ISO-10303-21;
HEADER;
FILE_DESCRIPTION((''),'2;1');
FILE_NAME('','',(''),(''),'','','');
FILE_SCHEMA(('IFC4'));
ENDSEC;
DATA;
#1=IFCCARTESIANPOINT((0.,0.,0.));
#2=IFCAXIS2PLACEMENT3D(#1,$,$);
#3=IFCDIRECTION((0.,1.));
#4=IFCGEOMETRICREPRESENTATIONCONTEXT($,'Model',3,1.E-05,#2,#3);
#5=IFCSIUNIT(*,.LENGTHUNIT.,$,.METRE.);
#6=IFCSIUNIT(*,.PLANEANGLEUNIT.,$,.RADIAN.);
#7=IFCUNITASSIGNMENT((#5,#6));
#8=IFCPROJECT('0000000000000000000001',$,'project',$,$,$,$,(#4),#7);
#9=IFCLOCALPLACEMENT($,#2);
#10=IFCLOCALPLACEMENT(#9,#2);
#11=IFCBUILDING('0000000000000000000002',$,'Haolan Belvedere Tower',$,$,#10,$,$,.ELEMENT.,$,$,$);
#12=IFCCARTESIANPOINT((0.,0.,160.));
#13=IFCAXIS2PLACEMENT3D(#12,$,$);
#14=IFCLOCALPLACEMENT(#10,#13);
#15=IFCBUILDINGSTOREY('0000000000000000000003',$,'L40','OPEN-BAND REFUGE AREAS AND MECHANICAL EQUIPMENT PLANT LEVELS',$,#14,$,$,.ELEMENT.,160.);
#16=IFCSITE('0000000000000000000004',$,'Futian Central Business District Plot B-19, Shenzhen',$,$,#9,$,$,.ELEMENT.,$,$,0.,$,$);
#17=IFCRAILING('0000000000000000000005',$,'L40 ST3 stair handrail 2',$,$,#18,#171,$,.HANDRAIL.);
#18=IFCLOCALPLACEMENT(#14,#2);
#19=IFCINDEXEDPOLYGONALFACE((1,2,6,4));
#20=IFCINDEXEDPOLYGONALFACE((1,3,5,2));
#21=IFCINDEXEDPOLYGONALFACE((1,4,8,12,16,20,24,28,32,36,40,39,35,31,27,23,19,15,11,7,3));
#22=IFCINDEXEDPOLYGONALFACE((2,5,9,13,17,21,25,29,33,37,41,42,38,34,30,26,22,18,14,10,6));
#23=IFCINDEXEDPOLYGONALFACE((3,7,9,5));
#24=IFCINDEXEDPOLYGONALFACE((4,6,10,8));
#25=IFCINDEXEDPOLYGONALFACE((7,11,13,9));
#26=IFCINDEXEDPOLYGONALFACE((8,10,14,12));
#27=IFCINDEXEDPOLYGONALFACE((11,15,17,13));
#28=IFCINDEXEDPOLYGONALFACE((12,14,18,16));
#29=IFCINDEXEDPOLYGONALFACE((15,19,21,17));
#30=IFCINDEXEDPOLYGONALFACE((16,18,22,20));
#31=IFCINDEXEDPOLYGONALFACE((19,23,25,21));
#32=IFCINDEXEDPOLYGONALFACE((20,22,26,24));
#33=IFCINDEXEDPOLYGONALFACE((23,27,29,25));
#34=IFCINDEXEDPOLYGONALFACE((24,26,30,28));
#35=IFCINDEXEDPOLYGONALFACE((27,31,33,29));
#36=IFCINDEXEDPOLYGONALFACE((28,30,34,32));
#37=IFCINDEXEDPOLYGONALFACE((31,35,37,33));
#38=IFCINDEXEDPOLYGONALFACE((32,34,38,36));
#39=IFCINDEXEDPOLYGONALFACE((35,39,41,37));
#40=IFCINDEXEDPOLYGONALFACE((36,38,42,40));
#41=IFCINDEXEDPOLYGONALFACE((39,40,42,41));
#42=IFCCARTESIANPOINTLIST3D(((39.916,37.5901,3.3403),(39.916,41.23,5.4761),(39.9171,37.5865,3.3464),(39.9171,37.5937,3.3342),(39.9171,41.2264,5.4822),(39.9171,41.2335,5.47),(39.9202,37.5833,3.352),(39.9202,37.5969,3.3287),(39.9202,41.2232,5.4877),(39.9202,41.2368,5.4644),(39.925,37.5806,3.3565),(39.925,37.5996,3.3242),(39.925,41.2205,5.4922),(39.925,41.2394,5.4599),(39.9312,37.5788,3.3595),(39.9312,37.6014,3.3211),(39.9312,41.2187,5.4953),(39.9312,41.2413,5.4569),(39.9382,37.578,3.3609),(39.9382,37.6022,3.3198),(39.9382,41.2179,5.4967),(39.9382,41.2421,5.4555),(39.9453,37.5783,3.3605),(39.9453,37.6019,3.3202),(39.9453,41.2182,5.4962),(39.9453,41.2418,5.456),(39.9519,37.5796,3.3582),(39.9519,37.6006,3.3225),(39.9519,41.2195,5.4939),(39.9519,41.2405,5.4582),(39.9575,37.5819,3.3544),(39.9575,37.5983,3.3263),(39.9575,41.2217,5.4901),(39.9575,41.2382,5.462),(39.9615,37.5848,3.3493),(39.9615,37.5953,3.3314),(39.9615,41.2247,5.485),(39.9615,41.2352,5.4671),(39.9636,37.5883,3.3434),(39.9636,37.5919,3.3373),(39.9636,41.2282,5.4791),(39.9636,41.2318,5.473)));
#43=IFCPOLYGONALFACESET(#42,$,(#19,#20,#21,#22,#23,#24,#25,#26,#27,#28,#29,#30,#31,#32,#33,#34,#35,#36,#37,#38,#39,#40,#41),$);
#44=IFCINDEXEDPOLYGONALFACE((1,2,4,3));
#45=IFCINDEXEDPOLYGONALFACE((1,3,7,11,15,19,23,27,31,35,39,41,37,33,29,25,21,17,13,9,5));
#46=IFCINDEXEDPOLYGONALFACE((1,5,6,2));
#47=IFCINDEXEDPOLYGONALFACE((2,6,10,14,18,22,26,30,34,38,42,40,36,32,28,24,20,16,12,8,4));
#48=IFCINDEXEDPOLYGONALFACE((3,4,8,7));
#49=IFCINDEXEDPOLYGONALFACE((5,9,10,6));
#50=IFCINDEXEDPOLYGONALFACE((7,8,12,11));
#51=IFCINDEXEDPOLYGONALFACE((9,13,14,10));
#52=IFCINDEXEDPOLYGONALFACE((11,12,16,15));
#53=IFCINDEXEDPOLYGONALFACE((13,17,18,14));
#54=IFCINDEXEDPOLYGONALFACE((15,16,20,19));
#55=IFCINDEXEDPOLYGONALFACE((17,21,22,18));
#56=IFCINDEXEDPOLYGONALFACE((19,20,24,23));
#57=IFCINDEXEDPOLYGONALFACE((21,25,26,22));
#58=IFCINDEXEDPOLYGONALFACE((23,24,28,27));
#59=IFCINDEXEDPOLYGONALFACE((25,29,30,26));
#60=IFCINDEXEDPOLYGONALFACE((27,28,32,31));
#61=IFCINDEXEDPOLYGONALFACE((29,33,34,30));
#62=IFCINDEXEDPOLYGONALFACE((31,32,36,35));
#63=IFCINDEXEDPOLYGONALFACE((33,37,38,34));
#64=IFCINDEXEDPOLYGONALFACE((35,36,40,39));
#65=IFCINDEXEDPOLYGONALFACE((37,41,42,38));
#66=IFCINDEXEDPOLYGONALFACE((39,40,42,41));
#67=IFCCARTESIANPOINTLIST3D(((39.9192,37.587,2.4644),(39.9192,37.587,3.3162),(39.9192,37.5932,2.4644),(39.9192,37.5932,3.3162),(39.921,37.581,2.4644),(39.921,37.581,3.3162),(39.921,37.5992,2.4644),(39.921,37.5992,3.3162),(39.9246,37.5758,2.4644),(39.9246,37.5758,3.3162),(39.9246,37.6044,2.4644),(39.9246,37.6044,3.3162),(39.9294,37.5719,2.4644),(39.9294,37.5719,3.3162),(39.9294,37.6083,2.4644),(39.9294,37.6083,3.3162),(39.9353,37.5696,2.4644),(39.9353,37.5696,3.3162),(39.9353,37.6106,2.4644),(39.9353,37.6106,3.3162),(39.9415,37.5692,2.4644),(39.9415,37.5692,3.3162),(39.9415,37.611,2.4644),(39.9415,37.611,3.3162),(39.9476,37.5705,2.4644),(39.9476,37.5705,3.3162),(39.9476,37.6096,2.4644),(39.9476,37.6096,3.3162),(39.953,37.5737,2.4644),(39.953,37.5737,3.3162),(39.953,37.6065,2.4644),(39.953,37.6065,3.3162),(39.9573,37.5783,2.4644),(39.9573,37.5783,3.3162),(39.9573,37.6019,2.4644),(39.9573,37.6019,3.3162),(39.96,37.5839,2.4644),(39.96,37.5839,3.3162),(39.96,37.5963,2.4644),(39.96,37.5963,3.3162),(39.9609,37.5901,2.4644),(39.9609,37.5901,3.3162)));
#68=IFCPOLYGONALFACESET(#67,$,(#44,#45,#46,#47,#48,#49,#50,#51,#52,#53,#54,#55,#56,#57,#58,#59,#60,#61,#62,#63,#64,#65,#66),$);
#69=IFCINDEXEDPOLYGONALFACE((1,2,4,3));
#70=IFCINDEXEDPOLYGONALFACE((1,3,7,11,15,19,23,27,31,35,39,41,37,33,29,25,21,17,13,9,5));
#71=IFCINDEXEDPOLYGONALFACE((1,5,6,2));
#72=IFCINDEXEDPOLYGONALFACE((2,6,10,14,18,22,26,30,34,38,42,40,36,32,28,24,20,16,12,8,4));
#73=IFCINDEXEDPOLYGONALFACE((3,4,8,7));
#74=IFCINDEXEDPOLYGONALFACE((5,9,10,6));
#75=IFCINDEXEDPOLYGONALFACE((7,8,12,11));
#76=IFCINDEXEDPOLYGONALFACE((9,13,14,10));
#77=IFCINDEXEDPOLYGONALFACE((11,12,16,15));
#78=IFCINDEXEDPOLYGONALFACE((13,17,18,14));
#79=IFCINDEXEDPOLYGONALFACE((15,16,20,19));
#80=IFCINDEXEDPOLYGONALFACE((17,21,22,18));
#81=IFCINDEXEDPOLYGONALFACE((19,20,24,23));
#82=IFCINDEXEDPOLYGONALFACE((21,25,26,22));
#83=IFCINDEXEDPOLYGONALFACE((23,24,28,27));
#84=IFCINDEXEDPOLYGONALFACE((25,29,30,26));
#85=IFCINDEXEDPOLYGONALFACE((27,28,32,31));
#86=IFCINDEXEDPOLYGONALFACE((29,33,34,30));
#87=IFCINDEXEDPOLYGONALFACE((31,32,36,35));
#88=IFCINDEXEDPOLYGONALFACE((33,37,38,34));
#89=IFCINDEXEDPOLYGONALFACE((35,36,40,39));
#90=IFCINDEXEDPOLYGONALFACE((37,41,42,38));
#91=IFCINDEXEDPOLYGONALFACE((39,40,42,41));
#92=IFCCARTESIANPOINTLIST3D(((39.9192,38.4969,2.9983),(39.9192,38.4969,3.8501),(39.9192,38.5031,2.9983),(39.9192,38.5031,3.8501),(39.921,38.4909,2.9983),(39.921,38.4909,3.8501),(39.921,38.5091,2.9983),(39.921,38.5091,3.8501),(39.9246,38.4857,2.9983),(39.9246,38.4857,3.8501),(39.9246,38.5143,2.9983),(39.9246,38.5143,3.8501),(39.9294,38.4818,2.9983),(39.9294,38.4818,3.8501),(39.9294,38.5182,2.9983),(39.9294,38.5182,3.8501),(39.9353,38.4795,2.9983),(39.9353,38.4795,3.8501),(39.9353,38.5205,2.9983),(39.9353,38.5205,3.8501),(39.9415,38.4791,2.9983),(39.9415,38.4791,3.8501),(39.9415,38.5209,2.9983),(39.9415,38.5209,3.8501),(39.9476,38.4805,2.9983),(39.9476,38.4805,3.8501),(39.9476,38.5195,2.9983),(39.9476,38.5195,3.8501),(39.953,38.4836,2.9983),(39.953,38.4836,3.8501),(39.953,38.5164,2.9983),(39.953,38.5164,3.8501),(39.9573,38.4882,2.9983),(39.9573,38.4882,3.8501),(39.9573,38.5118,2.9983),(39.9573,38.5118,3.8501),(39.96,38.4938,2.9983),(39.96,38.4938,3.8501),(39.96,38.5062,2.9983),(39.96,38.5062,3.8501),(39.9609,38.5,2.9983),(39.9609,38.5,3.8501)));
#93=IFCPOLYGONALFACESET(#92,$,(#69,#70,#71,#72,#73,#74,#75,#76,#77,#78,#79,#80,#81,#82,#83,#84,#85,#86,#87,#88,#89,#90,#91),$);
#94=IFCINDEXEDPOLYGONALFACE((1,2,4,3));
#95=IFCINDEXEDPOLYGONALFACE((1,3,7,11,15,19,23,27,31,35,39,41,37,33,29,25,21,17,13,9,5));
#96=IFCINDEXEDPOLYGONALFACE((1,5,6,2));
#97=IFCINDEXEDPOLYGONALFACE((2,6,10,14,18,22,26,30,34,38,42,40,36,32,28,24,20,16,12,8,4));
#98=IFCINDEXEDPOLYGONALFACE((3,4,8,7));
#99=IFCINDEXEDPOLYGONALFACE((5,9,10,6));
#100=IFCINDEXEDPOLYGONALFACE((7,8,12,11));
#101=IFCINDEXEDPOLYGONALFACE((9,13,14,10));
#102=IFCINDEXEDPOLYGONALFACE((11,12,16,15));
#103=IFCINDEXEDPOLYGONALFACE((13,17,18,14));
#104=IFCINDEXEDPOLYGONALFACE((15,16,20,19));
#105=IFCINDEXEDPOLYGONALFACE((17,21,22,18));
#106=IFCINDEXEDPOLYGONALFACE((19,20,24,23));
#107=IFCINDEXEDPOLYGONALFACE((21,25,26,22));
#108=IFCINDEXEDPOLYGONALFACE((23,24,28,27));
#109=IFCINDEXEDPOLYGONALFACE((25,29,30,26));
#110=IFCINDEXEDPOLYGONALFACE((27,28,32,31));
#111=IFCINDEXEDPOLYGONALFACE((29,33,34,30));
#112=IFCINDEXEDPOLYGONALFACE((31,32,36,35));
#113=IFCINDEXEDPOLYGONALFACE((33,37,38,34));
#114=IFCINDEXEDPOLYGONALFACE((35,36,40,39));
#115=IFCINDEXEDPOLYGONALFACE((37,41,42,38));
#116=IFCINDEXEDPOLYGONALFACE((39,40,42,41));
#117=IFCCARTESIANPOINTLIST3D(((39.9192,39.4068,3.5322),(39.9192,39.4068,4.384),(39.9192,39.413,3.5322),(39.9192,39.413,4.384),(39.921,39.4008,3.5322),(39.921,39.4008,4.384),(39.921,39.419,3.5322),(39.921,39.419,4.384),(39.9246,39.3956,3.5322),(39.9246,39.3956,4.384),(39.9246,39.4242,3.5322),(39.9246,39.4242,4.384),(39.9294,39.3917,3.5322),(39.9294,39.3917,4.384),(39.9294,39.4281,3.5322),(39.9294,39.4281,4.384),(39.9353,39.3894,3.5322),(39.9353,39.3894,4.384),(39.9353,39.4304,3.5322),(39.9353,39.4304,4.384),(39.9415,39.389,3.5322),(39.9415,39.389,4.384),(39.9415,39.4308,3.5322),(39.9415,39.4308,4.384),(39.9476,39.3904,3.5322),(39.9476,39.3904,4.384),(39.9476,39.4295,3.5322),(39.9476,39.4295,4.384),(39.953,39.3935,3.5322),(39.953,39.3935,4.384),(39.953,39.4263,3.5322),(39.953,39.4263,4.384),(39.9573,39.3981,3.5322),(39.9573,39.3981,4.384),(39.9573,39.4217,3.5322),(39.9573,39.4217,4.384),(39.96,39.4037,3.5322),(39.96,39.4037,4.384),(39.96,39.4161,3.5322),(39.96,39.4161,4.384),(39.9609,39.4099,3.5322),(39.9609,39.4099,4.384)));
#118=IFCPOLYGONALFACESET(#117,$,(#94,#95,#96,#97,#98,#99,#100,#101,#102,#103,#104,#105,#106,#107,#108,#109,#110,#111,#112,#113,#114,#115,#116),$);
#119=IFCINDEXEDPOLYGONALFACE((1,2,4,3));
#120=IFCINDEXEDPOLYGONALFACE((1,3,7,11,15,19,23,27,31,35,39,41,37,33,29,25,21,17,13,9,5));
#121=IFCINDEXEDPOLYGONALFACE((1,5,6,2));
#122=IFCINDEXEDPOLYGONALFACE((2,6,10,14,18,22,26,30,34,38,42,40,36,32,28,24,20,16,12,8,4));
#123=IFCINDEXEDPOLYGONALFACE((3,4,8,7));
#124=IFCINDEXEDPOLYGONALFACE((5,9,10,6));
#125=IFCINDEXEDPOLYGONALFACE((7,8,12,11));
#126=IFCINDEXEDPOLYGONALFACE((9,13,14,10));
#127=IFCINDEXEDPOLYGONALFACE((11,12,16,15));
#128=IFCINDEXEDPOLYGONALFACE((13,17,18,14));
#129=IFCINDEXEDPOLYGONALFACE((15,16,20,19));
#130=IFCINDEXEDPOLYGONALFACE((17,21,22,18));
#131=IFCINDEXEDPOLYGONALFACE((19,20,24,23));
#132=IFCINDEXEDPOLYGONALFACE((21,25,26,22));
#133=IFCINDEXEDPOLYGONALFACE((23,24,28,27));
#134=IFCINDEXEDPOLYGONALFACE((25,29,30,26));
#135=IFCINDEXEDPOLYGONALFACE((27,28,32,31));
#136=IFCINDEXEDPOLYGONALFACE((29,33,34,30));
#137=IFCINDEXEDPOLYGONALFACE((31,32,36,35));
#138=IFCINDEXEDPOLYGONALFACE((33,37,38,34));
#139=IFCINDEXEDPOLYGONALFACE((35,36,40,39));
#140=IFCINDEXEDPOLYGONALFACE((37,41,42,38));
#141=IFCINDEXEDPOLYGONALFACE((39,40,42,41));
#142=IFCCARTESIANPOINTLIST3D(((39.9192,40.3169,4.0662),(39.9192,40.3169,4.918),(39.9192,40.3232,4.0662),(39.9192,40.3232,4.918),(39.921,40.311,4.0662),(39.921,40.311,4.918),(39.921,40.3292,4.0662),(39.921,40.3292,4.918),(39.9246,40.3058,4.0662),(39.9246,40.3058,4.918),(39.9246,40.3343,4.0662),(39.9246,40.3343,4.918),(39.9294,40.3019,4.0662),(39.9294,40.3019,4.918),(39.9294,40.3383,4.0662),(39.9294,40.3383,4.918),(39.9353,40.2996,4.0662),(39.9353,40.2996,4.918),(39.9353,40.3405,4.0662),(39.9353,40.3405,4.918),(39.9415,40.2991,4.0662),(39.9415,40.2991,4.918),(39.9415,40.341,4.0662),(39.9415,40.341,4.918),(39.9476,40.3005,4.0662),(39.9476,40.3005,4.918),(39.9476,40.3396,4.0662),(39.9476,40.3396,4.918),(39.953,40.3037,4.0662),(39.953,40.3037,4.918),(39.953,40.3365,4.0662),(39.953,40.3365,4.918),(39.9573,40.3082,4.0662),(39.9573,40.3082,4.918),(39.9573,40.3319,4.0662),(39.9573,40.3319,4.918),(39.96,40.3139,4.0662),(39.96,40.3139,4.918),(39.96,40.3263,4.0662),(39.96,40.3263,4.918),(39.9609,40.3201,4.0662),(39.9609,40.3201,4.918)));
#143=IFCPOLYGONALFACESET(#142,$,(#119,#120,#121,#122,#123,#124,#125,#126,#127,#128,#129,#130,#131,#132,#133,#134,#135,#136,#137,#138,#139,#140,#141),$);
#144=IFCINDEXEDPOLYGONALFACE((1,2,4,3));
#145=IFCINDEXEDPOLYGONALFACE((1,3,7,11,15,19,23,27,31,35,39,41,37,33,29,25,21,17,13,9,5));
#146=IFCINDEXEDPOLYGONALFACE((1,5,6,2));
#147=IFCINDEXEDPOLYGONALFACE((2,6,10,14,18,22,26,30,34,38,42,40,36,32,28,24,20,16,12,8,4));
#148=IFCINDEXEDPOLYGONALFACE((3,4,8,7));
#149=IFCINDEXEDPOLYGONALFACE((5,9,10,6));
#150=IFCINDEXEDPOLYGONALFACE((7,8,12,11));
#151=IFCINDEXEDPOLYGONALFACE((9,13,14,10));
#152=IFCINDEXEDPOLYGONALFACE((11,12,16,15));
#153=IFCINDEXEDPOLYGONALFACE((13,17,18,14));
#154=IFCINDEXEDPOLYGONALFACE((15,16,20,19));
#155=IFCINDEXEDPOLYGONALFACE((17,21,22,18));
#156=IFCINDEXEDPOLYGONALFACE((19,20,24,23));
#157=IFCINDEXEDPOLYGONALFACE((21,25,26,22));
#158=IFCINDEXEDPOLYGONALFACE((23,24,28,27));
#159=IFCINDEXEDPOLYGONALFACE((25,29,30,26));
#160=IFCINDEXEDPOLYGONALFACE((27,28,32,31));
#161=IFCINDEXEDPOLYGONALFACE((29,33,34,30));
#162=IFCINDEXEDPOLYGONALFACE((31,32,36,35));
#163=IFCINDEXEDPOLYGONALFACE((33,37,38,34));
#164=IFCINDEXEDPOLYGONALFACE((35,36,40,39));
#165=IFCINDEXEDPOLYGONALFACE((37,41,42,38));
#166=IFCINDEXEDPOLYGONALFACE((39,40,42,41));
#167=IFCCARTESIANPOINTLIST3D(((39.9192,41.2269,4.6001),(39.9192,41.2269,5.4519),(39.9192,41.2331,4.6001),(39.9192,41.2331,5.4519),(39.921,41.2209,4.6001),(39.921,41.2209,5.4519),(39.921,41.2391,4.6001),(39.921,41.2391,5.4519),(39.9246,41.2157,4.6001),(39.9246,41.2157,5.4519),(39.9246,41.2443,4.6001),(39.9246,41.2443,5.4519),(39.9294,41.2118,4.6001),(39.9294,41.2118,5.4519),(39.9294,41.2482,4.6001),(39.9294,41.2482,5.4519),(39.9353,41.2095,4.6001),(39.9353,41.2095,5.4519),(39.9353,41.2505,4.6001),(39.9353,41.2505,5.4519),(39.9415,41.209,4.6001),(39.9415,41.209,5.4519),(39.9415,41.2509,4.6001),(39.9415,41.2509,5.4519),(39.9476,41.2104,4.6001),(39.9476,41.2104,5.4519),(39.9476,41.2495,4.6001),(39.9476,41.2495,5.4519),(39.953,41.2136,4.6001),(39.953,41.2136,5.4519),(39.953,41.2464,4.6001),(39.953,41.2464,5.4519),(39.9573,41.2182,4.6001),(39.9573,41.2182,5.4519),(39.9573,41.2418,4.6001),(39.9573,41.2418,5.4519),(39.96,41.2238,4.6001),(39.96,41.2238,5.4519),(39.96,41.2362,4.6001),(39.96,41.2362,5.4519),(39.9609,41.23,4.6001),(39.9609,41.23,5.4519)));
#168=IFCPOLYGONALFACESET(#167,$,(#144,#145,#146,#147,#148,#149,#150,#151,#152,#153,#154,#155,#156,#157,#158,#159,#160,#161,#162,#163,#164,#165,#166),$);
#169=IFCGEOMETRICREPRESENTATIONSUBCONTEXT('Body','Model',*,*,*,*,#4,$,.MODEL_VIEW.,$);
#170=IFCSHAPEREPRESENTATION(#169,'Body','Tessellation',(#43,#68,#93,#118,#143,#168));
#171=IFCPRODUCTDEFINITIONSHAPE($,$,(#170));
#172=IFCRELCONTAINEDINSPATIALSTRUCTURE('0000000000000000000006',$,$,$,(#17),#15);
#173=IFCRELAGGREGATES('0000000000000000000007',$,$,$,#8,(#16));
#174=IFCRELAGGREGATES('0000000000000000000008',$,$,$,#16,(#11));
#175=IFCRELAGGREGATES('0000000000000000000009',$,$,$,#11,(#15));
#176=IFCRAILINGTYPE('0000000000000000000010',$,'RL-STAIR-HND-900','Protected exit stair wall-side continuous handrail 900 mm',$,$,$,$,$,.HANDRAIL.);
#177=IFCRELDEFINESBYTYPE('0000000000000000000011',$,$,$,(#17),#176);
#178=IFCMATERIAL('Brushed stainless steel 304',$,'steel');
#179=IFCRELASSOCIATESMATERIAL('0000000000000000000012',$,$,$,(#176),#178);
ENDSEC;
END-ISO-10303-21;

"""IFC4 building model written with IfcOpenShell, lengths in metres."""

from ifc_helpers import new_model, si_unit, direction, frame, origin, origin_2d, place, context, subcontext, project, spatial, circle, extrude, material, type_object, element, save


model = new_model("IFC4")

# Units and contexts
model_context = context("Model", 3, precision=1e-05, world=origin(), true_north=direction((0.0, 1.0)))
body_context = subcontext(model_context, "Body", "Model", "MODEL_VIEW")
ifc_project = project(units=[si_unit("LENGTHUNIT", "METRE"), si_unit("PLANEANGLEUNIT", "RADIAN")], contexts=[model_context])

# Site, building, storey
site_placement = place(None, origin())
site = spatial("IfcSite", under=ifc_project, at=site_placement, Name="Futian Central Business District Plot B-19, Shenzhen", CompositionType="ELEMENT", RefElevation=0.0)
building_placement = place(site_placement, origin())
building = spatial("IfcBuilding", under=site, at=building_placement, Name="Haolan Belvedere Tower", CompositionType="ELEMENT")
storey_placement = place(building_placement, frame((0.0, 0.0, 160.0)))
storey = spatial("IfcBuildingStorey", under=building, at=storey_placement, Name="L40", Description="OPEN-BAND REFUGE AREAS AND MECHANICAL EQUIPMENT PLANT LEVELS", CompositionType="ELEMENT", Elevation=160.0)

# Railing
ifc_material_1 = material(Name="Brushed stainless steel 304", Category="steel")
railing_type_1 = type_object("IfcRailingType", Name="RL-STAIR-HND-900", Description="Protected exit stair wall-side continuous handrail 900 mm", PredefinedType="HANDRAIL", material=ifc_material_1)
for number, where, name in (
    (1, (39.9399, 37.5901, 2.4644), "L40 ST3 stair handrail 2"),
):
    element("IfcRailing", number, at=place(storey_placement, frame(where)), inside=storey, type_object=railing_type_1, Name=name, PredefinedType="HANDRAIL", context=body_context, shape_type="SweptSolid", body=[
        extrude(circle(Radius=0.0239, at=origin_2d()), frame((0.0, 0.0, 0.876), z_axis=(0.0, 0.86249, 0.506074), x_axis=(-1.0, 0.0, 0.0)), (0.0, 0.0, 1.0), 4.2202),
        extrude(circle(Radius=0.021, at=origin_2d()), origin(), (0.0, 0.0, 1.0), 0.8518),
        extrude(circle(Radius=0.021, at=origin_2d()), frame((0.0, 0.9099, 0.5339)), (0.0, 0.0, 1.0), 0.8518),
        extrude(circle(Radius=0.021, at=origin_2d()), frame((0.0, 1.8198, 1.0679)), (0.0, 0.0, 1.0), 0.8518),
        extrude(circle(Radius=0.021, at=origin_2d()), frame((0.0, 2.73, 1.6018)), (0.0, 0.0, 1.0), 0.8518),
        extrude(circle(Radius=0.021, at=origin_2d()), frame((0.0, 3.6399, 2.1357)), (0.0, 0.0, 1.0), 0.8518),
    ])

save(model, "model.ifc")
